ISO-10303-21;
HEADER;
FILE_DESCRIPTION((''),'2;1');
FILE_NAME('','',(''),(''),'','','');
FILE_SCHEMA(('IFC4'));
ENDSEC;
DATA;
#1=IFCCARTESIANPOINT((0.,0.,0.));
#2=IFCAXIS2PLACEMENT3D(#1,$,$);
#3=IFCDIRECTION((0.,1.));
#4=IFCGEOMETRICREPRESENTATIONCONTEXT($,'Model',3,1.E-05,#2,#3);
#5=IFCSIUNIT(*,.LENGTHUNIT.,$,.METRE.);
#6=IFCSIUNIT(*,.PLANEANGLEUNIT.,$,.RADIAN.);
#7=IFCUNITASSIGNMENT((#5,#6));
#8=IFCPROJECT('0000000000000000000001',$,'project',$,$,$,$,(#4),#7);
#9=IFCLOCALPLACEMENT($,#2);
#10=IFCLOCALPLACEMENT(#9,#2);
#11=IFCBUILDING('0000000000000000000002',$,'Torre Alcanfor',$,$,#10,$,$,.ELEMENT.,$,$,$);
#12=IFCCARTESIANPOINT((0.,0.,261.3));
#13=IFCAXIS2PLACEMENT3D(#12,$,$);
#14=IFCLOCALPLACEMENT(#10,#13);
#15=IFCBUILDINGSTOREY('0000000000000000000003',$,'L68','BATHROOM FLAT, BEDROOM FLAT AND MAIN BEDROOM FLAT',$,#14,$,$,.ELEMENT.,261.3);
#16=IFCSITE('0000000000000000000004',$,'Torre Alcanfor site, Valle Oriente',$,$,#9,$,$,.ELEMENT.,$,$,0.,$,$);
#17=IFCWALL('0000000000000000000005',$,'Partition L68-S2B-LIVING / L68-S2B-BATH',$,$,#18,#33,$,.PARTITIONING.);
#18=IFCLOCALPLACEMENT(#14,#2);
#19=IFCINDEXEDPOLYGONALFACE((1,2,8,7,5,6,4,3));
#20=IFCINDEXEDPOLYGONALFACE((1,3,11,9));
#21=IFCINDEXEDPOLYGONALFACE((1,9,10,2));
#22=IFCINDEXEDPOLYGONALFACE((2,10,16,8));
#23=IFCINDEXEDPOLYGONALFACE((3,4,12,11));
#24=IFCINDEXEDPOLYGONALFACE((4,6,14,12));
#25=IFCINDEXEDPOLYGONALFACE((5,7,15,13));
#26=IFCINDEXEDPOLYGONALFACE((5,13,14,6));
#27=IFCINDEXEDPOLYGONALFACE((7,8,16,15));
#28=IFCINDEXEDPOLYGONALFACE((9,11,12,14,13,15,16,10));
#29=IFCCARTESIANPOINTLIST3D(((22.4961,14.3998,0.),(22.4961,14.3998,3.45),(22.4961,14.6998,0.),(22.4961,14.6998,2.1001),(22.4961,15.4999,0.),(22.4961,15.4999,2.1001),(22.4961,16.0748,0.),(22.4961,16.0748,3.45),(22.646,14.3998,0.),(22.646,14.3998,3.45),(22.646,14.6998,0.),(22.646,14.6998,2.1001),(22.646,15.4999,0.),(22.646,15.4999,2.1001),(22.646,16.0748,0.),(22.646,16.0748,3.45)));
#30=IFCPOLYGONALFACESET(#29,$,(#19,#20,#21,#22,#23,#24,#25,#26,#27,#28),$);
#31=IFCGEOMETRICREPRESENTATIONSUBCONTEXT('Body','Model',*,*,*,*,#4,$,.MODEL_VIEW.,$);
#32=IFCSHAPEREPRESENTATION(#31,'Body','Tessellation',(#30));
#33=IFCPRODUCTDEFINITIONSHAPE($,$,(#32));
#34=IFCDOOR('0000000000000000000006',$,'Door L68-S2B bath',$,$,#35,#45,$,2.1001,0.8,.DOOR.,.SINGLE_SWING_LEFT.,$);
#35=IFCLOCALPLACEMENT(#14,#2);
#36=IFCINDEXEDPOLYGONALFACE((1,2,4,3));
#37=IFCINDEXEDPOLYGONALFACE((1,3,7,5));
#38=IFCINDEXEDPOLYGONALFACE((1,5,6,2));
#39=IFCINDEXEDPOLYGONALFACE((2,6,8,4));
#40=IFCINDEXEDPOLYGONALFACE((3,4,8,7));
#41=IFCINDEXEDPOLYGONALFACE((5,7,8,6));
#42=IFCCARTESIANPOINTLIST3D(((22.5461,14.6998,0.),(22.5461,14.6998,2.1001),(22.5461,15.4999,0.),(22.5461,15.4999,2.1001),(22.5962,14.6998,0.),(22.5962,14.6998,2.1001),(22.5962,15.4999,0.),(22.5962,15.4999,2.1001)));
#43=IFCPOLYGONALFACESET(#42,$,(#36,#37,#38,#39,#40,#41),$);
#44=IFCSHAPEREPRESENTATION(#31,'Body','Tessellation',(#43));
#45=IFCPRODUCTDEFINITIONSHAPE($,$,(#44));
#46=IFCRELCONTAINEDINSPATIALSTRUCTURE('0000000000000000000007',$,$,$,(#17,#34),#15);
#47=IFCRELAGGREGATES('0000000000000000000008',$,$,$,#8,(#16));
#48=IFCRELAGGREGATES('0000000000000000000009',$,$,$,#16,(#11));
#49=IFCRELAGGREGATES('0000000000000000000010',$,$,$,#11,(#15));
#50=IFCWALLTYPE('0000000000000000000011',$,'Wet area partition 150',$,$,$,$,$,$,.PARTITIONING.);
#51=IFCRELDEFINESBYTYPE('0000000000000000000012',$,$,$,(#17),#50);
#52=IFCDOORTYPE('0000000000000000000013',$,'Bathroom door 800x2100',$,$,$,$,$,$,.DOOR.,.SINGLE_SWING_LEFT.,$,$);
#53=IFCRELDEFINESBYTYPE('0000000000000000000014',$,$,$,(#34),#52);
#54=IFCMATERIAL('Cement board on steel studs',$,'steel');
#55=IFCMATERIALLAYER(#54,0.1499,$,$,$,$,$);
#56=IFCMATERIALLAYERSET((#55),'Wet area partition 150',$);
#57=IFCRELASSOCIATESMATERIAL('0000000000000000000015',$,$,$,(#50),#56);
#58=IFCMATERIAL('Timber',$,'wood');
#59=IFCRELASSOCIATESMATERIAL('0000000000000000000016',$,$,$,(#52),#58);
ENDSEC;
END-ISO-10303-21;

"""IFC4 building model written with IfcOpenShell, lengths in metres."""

from ifc_helpers import new_model, si_unit, direction, frame, frame_2d, origin, place, context, subcontext, project, spatial, rectangle, extrude, material, layer, layer_set, type_object, element, fill, save


model = new_model("IFC4")

# Units and contexts
model_context = context("Model", 3, precision=1e-05, world=origin(), true_north=direction((0.0, 1.0)))
body_context = subcontext(model_context, "Body", "Model", "MODEL_VIEW")
ifc_project = project(units=[si_unit("LENGTHUNIT", "METRE"), si_unit("PLANEANGLEUNIT", "RADIAN")], contexts=[model_context])

# Site, building, storey
site_placement = place(None, origin())
site = spatial("IfcSite", under=ifc_project, at=site_placement, Name="Torre Alcanfor site, Valle Oriente", CompositionType="ELEMENT", RefElevation=0.0)
building_placement = place(site_placement, origin())
building = spatial("IfcBuilding", under=site, at=building_placement, Name="Torre Alcanfor", CompositionType="ELEMENT")
storey_placement = place(building_placement, frame((0.0, 0.0, 261.3)))
storey = spatial("IfcBuildingStorey", under=building, at=storey_placement, Name="L68", Description="BATHROOM FLAT, BEDROOM FLAT AND MAIN BEDROOM FLAT", CompositionType="ELEMENT", Elevation=261.3)

# Shared definitions
ifc_material_1 = material(Name="Cement board on steel studs", Category="steel")
ifc_layer_1 = layer(ifc_material_1, 0.1499)
ifc_layer_set_1 = layer_set([ifc_layer_1], Name="Wet area partition 150")
wall_type_1 = type_object("IfcWallType", Name="Wet area partition 150", PredefinedType="PARTITIONING", material=ifc_layer_set_1)

# Wall, opening, door
ifc_material_2 = material(Name="Timber", Category="wood")
door_type_1 = type_object("IfcDoorType", Name="Bathroom door 800x2100", OperationType="SINGLE_SWING_LEFT", PredefinedType="DOOR", material=ifc_material_2)
wall_1_placement = place(storey_placement, frame((22.571, 14.3999, 0.0), z_axis=(0.0, 0.0, 1.0), x_axis=(0.0, 1.0, 0.0)))
wall_1 = element("IfcWall", 1, at=wall_1_placement, inside=storey, type_object=wall_type_1, Name="Partition L68-S2B-LIVING / L68-S2B-BATH", PredefinedType="PARTITIONING", context=body_context, shape_type="SweptSolid", body=[
    extrude(rectangle(XDim=1.675, YDim=0.1499, at=frame_2d((0.8374, 0.0))), origin(), (0.0, 0.0, 1.0), 3.45),
])
opening_1_placement = place(wall_1_placement, frame((0.3, 0.0, 0.0)))
opening_1 = element("IfcOpeningElement", 2, at=opening_1_placement, cuts=wall_1, PredefinedType="OPENING", context=body_context, shape_type="SweptSolid", body=[
    extrude(rectangle(XDim=0.8, YDim=2.1001, at=frame_2d((0.3999, 1.05))), frame((0.0, 0.085, 0.0), z_axis=(0.0, -1.0, 0.0), x_axis=(1.0, 0.0, 0.0)), (0.0, 0.0, 1.0), 0.1699),
])
door_1_placement = place(opening_1_placement, origin())
door_1 = element("IfcDoor", 3, at=door_1_placement, inside=storey, type_object=door_type_1, Name="Door L68-S2B bath", OperationType="SINGLE_SWING_LEFT", OverallHeight=2.1001, OverallWidth=0.8, PredefinedType="DOOR", context=body_context, shape_type="SweptSolid", body=[
    extrude(rectangle(XDim=0.8, YDim=2.1001, at=frame_2d((0.3999, 1.05))), frame((0.0, 0.0249, 0.0), z_axis=(0.0, -1.0, 0.0), x_axis=(1.0, 0.0, 0.0)), (0.0, 0.0, 1.0), 0.05),
])
fill(opening_1, door_1)

save(model, "model.ifc")
